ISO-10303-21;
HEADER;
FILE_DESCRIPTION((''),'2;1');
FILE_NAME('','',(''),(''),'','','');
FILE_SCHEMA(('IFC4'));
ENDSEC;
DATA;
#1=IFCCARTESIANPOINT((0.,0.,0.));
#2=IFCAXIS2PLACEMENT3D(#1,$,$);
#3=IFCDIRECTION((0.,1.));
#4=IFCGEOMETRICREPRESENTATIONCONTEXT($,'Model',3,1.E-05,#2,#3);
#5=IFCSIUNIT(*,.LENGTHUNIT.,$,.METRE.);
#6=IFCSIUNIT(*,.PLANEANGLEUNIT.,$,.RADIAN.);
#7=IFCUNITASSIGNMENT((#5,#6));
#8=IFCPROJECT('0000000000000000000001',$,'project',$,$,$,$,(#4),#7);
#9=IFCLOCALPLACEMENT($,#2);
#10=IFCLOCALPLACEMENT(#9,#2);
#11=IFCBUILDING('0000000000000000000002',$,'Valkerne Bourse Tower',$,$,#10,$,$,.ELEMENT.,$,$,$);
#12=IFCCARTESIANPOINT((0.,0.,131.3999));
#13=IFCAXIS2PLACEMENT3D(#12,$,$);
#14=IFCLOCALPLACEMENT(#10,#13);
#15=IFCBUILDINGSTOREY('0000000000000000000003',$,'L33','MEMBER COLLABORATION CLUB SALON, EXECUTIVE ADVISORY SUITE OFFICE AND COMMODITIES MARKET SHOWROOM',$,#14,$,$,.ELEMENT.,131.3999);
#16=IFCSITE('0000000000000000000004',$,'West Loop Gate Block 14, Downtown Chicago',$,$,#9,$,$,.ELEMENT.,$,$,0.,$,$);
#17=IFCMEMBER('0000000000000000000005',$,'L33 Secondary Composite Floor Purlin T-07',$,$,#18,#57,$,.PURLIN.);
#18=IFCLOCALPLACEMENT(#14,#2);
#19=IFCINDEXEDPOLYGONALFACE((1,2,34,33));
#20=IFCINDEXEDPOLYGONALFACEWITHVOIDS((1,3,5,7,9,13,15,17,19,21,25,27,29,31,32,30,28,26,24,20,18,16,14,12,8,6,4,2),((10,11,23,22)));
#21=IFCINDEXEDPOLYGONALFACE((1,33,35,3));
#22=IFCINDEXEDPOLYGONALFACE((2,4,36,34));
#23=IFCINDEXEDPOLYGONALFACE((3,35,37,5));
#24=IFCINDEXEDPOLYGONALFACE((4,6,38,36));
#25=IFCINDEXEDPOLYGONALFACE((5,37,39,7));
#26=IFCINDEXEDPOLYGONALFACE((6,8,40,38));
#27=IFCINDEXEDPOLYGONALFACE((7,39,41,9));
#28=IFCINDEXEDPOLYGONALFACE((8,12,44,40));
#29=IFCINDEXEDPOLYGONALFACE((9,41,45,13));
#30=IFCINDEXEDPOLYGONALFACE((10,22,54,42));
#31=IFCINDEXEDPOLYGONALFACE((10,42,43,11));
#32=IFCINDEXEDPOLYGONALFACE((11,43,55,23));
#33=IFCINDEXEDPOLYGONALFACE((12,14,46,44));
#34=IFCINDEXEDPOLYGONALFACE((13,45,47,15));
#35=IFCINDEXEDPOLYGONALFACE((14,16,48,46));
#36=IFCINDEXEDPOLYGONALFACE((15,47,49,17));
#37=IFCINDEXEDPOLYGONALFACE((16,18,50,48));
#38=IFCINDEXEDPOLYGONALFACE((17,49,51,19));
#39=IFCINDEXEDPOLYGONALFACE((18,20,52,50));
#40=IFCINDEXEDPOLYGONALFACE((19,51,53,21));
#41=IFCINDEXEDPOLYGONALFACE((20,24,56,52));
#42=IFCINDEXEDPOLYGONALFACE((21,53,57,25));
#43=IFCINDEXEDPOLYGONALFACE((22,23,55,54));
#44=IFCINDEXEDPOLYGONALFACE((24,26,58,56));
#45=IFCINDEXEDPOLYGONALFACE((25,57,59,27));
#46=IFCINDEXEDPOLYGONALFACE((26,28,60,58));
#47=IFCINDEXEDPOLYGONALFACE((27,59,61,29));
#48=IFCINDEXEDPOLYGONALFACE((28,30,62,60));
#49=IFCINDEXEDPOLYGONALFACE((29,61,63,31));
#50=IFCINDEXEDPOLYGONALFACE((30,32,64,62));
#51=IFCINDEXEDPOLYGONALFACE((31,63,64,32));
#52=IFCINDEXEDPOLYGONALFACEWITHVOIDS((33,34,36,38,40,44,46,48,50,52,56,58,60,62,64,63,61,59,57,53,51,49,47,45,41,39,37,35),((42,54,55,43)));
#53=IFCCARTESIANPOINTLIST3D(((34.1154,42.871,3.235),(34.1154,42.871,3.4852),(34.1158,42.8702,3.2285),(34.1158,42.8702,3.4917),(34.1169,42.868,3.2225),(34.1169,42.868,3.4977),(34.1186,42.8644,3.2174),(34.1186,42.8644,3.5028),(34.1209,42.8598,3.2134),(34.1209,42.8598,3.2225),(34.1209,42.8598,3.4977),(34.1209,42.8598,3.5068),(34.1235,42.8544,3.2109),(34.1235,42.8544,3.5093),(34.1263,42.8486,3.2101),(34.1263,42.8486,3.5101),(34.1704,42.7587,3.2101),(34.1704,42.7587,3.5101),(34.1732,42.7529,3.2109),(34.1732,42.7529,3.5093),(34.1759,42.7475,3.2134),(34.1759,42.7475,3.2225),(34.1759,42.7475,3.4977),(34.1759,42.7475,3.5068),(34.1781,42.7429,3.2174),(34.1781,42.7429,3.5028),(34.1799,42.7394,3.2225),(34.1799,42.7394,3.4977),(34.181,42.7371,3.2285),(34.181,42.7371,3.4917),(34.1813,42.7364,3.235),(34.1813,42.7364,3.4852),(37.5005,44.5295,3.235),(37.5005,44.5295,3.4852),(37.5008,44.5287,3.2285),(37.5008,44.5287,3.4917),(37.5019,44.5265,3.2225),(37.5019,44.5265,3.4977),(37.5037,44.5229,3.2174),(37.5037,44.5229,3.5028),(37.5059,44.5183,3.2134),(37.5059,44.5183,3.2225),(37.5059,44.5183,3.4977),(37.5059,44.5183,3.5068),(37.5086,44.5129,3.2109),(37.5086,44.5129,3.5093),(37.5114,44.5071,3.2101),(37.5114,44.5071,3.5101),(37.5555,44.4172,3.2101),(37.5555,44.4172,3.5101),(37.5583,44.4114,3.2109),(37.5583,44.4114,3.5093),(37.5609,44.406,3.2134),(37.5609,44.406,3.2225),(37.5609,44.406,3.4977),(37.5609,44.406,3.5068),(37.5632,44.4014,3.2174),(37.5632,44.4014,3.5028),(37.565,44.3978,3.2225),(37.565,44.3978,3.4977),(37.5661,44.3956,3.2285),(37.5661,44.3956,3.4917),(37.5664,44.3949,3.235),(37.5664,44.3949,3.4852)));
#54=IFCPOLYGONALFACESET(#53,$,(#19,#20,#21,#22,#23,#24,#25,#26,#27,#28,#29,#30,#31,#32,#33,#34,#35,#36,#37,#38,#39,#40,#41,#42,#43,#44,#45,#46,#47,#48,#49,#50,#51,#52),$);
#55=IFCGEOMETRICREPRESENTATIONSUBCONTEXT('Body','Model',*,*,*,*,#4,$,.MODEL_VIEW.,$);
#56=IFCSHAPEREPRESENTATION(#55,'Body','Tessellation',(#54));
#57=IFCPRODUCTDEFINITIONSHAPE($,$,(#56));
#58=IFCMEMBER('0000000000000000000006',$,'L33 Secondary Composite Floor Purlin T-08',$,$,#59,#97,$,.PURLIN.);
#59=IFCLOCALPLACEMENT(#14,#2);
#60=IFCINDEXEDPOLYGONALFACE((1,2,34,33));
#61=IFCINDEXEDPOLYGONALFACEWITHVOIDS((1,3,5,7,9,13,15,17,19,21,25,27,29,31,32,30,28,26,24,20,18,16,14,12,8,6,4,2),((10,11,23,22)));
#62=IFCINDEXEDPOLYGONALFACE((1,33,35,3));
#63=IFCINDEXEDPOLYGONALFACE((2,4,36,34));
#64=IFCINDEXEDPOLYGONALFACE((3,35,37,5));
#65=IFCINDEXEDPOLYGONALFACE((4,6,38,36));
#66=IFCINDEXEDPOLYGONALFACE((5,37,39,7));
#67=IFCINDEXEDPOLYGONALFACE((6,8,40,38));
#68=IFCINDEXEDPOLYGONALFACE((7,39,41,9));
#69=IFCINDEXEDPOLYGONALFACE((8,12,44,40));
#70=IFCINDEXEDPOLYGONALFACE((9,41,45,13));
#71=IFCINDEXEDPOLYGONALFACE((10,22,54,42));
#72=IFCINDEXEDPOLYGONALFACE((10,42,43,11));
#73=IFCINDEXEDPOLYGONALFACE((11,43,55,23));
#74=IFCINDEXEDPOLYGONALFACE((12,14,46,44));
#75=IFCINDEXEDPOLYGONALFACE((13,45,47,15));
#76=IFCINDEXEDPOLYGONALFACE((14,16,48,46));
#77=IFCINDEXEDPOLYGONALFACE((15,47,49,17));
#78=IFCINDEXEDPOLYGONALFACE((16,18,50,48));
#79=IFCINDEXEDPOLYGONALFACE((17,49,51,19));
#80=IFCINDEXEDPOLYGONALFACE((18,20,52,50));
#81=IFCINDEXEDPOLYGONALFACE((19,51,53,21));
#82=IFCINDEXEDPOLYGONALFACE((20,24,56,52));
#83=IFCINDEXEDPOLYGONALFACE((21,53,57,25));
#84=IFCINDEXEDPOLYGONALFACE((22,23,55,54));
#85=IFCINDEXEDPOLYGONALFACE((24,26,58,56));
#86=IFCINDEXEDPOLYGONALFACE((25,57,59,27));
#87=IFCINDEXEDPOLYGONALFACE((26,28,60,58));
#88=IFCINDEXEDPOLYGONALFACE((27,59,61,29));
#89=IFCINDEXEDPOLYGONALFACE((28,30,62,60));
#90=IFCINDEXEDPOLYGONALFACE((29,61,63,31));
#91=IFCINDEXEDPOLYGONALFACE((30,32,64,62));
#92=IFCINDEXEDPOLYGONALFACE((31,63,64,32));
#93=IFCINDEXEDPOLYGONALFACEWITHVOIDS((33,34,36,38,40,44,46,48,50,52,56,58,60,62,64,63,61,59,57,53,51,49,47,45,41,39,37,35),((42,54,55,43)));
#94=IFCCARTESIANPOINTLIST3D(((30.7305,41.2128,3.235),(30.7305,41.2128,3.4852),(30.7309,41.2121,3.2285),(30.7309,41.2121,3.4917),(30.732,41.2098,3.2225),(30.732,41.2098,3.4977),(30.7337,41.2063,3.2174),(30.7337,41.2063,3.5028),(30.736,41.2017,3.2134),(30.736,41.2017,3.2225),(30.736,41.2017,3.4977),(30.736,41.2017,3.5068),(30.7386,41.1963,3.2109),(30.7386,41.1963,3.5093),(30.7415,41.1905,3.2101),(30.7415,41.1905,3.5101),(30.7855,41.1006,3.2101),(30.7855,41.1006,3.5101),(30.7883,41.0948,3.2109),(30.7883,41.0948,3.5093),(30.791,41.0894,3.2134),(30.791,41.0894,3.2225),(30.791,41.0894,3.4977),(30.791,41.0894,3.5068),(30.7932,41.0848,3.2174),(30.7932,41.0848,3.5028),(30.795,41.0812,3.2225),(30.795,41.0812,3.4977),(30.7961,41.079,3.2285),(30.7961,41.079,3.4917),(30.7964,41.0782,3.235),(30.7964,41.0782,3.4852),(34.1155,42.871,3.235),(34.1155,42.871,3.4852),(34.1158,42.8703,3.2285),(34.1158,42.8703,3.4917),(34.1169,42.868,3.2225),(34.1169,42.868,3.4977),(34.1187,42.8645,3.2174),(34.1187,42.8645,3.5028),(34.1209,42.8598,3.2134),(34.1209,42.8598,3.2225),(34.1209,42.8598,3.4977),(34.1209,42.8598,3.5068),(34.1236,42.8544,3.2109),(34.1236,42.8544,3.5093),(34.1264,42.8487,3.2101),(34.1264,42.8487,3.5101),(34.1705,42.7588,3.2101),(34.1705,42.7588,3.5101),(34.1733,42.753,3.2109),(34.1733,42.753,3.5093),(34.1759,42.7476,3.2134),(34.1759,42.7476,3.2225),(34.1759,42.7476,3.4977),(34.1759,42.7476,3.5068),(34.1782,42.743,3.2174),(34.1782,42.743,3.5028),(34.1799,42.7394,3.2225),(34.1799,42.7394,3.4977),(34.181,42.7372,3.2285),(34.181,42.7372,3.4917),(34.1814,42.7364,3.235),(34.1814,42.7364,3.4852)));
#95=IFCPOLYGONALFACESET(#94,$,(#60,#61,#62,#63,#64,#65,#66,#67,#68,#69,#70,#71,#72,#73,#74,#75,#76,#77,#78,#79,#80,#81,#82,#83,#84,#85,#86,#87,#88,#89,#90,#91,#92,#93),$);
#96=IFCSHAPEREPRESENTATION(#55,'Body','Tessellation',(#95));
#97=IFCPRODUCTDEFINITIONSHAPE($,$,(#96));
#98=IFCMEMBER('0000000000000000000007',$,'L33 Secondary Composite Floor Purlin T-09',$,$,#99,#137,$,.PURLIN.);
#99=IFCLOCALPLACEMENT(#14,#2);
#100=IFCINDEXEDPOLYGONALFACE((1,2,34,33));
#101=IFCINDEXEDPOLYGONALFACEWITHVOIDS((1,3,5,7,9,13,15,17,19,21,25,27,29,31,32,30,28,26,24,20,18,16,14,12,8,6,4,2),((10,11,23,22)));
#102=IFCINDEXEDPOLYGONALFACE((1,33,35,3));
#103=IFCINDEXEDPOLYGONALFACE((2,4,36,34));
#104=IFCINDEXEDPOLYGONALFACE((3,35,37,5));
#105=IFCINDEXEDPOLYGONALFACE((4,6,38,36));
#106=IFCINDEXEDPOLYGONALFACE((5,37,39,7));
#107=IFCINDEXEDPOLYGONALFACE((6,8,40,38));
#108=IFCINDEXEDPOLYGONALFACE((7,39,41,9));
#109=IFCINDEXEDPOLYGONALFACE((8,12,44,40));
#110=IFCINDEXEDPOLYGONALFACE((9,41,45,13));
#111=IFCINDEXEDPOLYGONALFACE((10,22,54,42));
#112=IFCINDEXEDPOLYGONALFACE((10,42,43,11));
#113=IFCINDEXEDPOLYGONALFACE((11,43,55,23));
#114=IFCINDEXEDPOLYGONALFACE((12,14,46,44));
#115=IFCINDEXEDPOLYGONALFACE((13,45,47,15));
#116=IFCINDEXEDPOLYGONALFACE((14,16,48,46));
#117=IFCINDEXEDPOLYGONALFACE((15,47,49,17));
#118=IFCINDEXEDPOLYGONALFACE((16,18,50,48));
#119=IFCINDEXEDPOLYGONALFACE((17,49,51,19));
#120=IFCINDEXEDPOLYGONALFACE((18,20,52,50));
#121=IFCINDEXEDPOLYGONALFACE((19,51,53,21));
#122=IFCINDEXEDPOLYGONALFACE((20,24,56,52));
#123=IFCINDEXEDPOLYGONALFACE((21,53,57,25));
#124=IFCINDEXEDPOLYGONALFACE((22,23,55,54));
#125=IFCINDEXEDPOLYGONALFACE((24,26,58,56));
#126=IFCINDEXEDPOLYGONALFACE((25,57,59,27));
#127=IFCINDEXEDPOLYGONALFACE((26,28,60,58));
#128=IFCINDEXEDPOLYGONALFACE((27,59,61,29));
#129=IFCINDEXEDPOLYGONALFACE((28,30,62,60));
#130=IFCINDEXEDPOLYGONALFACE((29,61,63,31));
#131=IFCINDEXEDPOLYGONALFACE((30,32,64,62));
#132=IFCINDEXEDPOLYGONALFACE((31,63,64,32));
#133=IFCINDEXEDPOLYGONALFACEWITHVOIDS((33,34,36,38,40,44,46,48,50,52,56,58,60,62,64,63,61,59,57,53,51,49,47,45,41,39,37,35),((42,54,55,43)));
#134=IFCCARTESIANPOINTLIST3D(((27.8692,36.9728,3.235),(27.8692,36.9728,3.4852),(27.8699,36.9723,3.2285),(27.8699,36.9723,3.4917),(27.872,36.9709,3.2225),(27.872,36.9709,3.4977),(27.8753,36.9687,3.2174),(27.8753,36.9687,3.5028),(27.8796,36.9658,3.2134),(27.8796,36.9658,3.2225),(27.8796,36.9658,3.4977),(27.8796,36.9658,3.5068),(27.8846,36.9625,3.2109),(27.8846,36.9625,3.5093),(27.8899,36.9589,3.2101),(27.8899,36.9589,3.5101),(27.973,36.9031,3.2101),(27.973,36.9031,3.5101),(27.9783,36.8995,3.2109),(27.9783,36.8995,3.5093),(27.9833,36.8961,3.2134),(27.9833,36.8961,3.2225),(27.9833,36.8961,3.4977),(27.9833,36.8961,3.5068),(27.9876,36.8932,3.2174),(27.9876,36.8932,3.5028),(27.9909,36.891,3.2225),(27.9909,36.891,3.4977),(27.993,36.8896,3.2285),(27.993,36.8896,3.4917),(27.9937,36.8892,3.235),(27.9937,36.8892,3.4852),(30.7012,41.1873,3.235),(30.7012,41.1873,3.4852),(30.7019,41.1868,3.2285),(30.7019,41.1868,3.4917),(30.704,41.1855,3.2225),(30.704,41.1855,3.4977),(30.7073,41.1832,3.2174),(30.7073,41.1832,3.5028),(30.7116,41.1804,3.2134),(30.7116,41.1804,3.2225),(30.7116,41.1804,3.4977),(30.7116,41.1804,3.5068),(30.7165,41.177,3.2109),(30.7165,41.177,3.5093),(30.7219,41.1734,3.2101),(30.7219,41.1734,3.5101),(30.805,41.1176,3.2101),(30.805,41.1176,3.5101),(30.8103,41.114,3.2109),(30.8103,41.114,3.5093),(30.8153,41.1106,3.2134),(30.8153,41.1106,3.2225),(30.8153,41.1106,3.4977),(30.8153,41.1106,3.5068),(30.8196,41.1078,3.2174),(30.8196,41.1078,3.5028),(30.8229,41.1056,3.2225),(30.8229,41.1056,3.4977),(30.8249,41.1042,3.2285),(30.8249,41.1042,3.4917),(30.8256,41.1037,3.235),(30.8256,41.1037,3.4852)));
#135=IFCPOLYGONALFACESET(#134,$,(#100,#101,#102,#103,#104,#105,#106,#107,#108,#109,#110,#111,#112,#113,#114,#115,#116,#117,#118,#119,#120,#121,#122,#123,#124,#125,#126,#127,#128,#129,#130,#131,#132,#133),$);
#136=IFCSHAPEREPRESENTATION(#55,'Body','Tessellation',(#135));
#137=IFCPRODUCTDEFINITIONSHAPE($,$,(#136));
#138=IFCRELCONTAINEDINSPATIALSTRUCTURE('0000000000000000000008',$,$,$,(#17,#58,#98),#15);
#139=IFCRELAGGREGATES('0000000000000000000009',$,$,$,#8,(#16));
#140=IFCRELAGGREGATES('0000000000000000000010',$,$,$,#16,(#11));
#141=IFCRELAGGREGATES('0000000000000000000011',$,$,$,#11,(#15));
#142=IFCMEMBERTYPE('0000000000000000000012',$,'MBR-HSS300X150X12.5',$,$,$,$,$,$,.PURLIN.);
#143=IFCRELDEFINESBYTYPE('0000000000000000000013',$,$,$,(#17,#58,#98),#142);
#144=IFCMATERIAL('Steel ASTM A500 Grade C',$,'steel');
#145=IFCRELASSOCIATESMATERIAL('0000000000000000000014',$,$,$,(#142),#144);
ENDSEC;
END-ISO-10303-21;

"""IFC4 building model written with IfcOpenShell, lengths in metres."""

from ifc_helpers import new_model, si_unit, direction, frame, origin, origin_2d, place, context, subcontext, project, spatial, hollow_rectangle, extrude, material, material_profile, profile_set, type_object, element, save


model = new_model("IFC4")

# Units and contexts
model_context = context("Model", 3, precision=1e-05, world=origin(), true_north=direction((0.0, 1.0)))
body_context = subcontext(model_context, "Body", "Model", "MODEL_VIEW")
ifc_project = project(units=[si_unit("LENGTHUNIT", "METRE"), si_unit("PLANEANGLEUNIT", "RADIAN")], contexts=[model_context])

# Site, building, storey
site_placement = place(None, origin())
site = spatial("IfcSite", under=ifc_project, at=site_placement, Name="West Loop Gate Block 14, Downtown Chicago", CompositionType="ELEMENT", RefElevation=0.0)
building_placement = place(site_placement, origin())
building = spatial("IfcBuilding", under=site, at=building_placement, Name="Valkerne Bourse Tower", CompositionType="ELEMENT")
storey_placement = place(building_placement, frame((0.0, 0.0, 131.3999)))
storey = spatial("IfcBuildingStorey", under=building, at=storey_placement, Name="L33", Description="MEMBER COLLABORATION CLUB SALON, EXECUTIVE ADVISORY SUITE OFFICE AND COMMODITIES MARKET SHOWROOM", CompositionType="ELEMENT", Elevation=131.3999)

# Members
ifc_material_1 = material(Name="Steel ASTM A500 Grade C", Category="steel")
ifc_material_profile_1 = material_profile(ifc_material_1, hollow_rectangle(XDim=0.1499, YDim=0.3, WallThickness=0.0125, OuterFilletRadius=0.0249, at=origin_2d()), Name="HSS300X150X12.5")
ifc_profile_set_1 = profile_set([ifc_material_profile_1], Name="Steel ASTM A500 Grade C")
member_type = type_object("IfcMemberType", Name="MBR-HSS300X150X12.5", PredefinedType="PURLIN", material=ifc_profile_set_1)
member_1_placement = place(storey_placement, frame((37.5334, 44.4622, 3.3601), z_axis=(-0.898012, -0.439971, 0.0), x_axis=(0.439971, -0.898012, 0.0)))
element("IfcMember", 1, at=member_1_placement, inside=storey, type_object=member_type, Name="L33 Secondary Composite Floor Purlin T-07", PredefinedType="PURLIN", context=body_context, shape_type="SweptSolid", body=[
    extrude(hollow_rectangle(XDim=0.1499, YDim=0.3, WallThickness=0.0125, OuterFilletRadius=0.0249, at=origin_2d()), origin(), (0.0, 0.0, 1.0), 3.7695),
])
member_2_placement = place(storey_placement, frame((34.1484, 42.8037, 3.3601), z_axis=(-0.898038, -0.439919, 0.0), x_axis=(0.439919, -0.898038, 0.0)))
element("IfcMember", 2, at=member_2_placement, inside=storey, type_object=member_type, Name="L33 Secondary Composite Floor Purlin T-08", PredefinedType="PURLIN", context=body_context, shape_type="SweptSolid", body=[
    extrude(hollow_rectangle(XDim=0.1499, YDim=0.3, WallThickness=0.0125, OuterFilletRadius=0.0249, at=origin_2d()), origin(), (0.0, 0.0, 1.0), 3.7693),
])
member_3_placement = place(storey_placement, frame((30.7634, 41.1455, 3.3601), z_axis=(-0.557737, -0.830018, 0.0), x_axis=(0.830018, -0.557737, 0.0)))
element("IfcMember", 3, at=member_3_placement, inside=storey, type_object=member_type, Name="L33 Secondary Composite Floor Purlin T-09", PredefinedType="PURLIN", context=body_context, shape_type="SweptSolid", body=[
    extrude(hollow_rectangle(XDim=0.1499, YDim=0.3, WallThickness=0.0125, OuterFilletRadius=0.0249, at=origin_2d()), origin(), (0.0, 0.0, 1.0), 5.0776),
])

save(model, "model.ifc")
